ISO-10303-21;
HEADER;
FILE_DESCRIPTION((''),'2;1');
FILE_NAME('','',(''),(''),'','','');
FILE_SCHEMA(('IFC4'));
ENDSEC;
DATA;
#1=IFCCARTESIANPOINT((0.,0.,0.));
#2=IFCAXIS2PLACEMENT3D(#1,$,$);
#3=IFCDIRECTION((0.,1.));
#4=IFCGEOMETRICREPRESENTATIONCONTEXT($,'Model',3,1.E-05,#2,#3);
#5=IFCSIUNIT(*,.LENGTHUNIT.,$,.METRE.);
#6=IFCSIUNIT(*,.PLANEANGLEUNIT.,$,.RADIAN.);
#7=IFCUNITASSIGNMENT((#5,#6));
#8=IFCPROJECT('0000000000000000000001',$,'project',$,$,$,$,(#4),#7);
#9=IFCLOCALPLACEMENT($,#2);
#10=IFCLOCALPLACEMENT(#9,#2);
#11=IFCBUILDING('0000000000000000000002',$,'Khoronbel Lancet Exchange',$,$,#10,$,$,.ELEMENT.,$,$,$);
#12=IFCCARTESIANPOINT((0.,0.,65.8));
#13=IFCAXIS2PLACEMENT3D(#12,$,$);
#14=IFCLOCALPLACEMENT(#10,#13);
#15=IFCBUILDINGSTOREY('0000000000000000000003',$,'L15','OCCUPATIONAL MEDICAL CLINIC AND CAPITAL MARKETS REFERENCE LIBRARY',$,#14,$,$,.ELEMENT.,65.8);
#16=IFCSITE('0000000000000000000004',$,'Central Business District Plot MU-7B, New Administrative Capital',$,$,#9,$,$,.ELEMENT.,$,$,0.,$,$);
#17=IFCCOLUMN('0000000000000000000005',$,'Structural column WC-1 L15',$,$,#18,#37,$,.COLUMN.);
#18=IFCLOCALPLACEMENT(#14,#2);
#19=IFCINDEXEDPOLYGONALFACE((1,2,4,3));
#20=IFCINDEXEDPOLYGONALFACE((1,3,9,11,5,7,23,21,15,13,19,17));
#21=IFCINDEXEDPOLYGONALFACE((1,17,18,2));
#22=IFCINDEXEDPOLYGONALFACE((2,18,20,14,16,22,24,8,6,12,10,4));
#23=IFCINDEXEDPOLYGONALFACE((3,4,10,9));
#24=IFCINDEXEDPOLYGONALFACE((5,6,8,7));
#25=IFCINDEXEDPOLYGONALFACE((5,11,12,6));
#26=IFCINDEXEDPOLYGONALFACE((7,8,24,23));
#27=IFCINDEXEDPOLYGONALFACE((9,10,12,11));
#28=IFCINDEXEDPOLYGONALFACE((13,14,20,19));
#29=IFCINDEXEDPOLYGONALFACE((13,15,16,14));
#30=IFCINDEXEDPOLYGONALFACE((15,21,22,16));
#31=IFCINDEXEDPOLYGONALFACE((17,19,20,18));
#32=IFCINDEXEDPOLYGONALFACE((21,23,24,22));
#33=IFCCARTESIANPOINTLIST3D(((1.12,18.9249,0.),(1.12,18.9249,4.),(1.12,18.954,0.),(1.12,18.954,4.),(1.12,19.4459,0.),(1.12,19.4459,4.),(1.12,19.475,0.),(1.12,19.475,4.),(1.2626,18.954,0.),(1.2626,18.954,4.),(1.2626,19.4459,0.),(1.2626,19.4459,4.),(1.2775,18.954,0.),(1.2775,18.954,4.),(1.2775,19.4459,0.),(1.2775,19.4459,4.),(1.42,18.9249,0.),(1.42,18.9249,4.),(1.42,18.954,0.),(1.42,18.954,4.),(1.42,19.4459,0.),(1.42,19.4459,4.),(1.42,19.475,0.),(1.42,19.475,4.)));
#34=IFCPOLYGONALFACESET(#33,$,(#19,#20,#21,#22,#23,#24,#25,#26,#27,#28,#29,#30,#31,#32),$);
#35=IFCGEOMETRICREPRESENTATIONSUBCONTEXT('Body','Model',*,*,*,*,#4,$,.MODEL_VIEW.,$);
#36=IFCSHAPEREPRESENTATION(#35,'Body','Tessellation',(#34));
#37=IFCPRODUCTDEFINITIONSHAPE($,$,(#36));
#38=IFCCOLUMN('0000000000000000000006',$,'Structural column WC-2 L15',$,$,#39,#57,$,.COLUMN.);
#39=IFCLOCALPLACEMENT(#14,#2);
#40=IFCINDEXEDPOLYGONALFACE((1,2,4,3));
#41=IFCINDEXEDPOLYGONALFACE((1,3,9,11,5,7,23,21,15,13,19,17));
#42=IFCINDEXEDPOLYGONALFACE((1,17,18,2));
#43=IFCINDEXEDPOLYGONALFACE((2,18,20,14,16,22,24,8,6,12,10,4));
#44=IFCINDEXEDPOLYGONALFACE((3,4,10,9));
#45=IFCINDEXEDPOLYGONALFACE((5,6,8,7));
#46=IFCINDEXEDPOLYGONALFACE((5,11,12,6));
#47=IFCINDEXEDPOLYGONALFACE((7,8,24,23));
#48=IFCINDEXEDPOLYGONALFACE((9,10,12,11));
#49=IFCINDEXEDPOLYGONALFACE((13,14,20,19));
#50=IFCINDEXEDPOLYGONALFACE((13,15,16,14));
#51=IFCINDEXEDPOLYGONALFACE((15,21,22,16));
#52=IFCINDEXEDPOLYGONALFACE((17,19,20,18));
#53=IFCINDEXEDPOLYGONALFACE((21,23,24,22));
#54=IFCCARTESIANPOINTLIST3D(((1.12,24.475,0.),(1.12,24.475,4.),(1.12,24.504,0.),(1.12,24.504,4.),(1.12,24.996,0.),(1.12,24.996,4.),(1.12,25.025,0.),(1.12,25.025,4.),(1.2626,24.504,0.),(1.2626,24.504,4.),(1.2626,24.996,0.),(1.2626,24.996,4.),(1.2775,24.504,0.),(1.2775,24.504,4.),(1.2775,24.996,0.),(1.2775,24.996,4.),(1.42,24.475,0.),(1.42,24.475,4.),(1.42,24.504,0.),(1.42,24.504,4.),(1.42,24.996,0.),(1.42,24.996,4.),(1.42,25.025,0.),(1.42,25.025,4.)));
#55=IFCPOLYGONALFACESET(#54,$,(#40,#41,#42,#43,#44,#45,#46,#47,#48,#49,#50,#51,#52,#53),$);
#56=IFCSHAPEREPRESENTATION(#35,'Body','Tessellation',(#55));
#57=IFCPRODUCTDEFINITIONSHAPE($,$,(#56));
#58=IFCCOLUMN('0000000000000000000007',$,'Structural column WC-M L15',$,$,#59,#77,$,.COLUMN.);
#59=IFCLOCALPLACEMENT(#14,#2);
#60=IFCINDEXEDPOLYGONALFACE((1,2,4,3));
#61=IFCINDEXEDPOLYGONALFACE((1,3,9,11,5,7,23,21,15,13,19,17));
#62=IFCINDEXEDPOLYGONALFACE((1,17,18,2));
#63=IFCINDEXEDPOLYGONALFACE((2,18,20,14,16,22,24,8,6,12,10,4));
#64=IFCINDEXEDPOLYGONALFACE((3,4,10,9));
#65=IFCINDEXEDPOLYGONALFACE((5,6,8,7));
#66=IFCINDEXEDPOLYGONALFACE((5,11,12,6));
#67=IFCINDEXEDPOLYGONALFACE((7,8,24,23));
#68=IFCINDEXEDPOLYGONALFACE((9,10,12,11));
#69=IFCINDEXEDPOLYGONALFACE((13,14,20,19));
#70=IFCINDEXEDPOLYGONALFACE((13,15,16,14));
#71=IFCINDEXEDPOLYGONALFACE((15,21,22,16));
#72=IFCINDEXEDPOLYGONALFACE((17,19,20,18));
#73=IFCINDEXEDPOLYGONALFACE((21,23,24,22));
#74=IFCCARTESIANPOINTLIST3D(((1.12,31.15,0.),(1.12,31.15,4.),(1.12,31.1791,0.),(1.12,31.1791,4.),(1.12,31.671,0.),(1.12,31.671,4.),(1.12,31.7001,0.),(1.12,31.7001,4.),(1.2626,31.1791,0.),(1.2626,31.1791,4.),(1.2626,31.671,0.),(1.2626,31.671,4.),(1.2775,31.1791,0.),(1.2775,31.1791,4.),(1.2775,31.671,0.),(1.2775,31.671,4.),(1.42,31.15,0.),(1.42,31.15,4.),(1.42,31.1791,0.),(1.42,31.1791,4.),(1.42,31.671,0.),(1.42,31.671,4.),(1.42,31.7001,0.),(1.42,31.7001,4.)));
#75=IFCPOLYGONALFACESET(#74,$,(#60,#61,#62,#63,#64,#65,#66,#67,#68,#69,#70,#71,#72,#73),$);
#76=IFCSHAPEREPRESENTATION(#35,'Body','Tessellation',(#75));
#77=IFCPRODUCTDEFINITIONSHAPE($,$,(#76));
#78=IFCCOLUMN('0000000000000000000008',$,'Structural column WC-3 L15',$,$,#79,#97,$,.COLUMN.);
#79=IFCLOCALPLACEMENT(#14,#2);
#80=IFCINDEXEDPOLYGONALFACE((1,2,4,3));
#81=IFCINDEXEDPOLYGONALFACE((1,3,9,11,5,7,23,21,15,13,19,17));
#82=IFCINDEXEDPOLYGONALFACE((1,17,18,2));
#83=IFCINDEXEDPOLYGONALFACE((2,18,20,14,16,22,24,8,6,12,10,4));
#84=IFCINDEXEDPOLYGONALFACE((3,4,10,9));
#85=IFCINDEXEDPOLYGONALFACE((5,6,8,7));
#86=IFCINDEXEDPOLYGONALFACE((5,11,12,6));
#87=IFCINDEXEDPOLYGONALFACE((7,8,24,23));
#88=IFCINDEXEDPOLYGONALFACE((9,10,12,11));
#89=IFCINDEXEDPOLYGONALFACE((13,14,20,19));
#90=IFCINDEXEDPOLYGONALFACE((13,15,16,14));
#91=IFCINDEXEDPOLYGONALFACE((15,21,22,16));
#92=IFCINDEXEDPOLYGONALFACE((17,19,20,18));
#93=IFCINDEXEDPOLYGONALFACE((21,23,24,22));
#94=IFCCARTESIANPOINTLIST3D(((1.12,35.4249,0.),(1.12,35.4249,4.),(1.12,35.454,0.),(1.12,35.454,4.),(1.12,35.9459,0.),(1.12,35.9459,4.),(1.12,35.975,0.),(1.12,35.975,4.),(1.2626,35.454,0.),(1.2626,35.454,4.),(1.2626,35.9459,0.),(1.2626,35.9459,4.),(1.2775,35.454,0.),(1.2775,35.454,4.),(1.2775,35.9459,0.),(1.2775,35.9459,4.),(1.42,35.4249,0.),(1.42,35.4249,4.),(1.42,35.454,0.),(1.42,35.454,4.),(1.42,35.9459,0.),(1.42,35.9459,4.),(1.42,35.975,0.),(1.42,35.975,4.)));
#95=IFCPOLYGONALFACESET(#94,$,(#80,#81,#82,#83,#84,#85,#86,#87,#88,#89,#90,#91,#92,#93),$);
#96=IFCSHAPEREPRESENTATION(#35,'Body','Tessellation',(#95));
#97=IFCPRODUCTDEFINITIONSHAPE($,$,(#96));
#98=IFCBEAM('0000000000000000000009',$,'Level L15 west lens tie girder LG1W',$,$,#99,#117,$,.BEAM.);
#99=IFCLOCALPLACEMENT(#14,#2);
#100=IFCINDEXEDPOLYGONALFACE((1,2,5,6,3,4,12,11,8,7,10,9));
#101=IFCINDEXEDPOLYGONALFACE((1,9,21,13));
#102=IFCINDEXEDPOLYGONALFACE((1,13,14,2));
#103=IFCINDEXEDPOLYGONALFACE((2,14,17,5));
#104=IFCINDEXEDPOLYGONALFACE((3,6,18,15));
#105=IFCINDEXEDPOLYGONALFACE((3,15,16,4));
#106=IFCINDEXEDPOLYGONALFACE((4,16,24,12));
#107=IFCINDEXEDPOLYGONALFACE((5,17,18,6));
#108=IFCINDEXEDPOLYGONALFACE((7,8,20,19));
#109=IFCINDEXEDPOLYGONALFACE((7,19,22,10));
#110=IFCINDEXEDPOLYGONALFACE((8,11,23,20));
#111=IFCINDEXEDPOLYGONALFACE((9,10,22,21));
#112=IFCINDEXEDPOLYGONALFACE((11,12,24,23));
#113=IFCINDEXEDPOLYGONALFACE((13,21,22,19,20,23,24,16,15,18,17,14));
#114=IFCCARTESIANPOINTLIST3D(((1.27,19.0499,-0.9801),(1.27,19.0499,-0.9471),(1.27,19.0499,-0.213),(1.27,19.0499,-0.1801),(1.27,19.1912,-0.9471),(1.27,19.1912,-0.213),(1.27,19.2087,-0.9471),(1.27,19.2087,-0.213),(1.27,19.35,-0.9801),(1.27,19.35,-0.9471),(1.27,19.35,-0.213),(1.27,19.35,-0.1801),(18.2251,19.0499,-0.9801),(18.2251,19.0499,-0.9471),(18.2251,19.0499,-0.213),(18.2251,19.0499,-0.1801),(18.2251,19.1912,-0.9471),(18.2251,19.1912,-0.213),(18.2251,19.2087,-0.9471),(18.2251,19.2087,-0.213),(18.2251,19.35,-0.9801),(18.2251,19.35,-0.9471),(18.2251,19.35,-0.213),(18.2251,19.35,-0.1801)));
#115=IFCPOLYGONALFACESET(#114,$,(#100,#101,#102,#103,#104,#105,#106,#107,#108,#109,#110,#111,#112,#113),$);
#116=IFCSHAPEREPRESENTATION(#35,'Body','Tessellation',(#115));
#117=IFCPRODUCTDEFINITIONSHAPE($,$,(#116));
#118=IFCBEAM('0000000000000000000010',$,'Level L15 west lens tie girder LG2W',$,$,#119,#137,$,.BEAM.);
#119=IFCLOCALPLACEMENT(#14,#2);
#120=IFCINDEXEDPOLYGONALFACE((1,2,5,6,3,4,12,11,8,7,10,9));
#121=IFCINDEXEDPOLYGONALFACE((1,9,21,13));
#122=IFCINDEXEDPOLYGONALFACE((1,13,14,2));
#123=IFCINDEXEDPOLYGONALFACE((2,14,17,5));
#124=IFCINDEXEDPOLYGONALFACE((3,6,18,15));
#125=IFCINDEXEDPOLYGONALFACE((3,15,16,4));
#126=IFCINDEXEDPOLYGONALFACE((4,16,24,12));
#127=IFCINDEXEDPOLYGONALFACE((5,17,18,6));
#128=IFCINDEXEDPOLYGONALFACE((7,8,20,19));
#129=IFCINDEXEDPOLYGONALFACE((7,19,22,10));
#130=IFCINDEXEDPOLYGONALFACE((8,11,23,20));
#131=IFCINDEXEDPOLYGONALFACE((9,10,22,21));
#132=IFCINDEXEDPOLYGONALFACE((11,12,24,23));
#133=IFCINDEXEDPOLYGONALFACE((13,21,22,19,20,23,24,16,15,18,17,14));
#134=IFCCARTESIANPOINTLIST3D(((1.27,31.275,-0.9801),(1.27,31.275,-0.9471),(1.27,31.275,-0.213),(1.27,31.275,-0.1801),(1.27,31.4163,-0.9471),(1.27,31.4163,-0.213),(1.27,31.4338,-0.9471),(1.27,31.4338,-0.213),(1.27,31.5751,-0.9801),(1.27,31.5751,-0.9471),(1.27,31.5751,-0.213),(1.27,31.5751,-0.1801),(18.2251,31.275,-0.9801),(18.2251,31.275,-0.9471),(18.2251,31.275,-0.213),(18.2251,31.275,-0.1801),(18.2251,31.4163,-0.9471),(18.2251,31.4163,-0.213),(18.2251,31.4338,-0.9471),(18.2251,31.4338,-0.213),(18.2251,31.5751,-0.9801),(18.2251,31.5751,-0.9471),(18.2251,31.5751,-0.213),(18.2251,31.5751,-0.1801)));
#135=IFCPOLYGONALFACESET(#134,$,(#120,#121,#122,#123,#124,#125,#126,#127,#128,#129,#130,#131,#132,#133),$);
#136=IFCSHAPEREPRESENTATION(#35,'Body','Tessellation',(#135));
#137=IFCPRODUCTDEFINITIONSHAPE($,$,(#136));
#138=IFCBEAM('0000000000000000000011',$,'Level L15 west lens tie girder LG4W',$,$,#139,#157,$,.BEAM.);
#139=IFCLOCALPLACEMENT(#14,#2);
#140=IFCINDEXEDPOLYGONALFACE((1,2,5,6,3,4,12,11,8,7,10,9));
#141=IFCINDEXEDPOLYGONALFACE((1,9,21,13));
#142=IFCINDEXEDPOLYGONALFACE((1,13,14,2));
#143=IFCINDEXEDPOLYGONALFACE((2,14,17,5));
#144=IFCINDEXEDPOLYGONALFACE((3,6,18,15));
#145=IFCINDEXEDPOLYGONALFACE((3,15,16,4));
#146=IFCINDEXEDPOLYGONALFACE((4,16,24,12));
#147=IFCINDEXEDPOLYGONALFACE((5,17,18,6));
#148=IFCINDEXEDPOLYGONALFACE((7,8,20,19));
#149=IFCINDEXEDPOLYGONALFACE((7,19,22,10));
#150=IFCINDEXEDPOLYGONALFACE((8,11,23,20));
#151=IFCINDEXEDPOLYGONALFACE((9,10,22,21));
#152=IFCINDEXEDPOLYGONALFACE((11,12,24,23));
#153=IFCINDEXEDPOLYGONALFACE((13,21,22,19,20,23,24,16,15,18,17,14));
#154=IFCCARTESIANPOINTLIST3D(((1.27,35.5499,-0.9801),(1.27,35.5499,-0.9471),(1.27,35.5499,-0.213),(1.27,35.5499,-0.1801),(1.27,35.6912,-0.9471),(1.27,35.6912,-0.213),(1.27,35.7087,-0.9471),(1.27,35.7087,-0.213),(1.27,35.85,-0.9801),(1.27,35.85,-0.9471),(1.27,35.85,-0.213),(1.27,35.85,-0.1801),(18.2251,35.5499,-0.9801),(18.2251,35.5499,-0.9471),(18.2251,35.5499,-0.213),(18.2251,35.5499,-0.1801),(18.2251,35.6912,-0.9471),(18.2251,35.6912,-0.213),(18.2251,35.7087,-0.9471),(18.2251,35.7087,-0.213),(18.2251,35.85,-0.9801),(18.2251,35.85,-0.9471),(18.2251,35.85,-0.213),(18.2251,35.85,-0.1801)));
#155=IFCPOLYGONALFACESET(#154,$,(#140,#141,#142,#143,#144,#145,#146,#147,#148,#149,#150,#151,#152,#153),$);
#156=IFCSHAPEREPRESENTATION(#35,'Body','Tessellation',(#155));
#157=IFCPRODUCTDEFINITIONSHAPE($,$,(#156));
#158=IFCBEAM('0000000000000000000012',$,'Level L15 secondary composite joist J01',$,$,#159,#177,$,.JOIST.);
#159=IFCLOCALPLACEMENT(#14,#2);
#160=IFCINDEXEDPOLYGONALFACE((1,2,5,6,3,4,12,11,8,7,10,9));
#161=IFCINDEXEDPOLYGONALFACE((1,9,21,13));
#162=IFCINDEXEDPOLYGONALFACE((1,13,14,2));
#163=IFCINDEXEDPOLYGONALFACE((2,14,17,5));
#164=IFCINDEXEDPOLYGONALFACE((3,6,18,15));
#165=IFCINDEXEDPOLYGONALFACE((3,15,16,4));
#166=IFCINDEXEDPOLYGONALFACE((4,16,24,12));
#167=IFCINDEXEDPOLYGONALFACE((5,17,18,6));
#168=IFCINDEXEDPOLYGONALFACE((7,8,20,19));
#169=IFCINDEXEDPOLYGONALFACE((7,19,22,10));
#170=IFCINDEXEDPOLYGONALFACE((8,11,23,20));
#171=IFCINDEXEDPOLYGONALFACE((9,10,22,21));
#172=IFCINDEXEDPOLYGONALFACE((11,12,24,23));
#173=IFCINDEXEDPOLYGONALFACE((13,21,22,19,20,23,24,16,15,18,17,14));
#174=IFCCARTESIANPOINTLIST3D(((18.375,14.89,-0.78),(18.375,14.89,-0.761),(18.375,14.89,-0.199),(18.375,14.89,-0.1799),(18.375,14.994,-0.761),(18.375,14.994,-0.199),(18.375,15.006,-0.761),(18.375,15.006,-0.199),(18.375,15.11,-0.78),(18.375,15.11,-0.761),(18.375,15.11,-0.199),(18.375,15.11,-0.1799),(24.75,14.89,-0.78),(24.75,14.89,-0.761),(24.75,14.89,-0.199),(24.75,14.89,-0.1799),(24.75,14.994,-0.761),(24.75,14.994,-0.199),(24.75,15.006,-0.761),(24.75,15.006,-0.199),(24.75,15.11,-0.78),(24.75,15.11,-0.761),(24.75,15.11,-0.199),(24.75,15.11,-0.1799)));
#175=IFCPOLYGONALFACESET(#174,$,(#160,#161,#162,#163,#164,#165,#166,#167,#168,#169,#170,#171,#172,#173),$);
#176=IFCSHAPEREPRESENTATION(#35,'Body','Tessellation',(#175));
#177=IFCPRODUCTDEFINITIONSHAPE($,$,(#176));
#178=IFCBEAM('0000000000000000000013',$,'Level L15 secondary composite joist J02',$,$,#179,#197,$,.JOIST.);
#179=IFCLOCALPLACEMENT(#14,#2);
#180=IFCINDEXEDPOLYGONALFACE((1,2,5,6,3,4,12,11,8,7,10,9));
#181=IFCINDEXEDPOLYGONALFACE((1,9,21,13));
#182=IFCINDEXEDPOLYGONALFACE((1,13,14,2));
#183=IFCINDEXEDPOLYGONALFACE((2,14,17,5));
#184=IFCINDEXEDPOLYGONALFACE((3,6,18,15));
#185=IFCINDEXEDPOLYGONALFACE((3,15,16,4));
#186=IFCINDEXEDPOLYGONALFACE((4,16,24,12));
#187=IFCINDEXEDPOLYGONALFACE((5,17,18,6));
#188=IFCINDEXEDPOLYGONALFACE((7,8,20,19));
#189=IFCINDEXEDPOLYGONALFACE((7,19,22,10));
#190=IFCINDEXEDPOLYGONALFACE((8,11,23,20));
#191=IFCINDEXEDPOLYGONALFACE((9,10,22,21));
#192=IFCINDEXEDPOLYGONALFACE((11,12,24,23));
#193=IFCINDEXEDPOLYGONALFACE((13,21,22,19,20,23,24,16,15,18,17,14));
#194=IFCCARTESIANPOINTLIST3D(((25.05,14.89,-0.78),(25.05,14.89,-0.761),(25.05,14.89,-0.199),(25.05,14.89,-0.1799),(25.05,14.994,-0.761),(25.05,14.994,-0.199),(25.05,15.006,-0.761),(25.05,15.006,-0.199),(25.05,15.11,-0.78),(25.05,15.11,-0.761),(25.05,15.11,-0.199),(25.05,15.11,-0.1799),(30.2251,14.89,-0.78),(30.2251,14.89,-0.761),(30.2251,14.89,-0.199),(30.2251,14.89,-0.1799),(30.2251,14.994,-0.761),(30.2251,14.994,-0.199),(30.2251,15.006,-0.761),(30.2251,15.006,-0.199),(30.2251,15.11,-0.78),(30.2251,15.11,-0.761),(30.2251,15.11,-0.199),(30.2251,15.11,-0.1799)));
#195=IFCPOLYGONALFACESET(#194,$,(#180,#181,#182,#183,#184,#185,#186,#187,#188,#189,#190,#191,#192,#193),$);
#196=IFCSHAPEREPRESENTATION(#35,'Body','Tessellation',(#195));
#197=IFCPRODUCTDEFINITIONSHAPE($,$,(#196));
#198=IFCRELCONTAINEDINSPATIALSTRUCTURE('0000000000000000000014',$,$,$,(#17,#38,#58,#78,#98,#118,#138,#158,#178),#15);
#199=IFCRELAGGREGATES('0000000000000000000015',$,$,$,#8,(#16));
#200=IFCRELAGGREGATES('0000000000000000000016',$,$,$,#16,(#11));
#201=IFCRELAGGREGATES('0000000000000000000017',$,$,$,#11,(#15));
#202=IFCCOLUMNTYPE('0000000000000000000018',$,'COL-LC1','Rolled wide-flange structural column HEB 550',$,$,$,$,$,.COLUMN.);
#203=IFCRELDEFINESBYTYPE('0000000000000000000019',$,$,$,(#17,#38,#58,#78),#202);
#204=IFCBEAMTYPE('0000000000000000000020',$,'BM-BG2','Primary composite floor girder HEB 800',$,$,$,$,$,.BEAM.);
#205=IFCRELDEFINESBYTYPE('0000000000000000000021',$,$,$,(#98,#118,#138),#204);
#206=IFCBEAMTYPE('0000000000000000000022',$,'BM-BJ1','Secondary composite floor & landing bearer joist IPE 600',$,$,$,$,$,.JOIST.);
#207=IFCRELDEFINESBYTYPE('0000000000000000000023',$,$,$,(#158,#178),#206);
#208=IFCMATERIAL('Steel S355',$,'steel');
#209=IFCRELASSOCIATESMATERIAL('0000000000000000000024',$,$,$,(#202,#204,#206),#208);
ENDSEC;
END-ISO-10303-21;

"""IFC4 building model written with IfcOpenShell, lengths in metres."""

from ifc_helpers import new_model, si_unit, direction, frame, origin, origin_2d, place, context, subcontext, project, spatial, i_section, extrude, material, material_profile, profile_set, type_object, element, save


model = new_model("IFC4")

# Units and contexts
model_context = context("Model", 3, precision=1e-05, world=origin(), true_north=direction((0.0, 1.0)))
body_context = subcontext(model_context, "Body", "Model", "MODEL_VIEW")
ifc_project = project(units=[si_unit("LENGTHUNIT", "METRE"), si_unit("PLANEANGLEUNIT", "RADIAN")], contexts=[model_context])

# Site, building, storey
site_placement = place(None, origin())
site = spatial("IfcSite", under=ifc_project, at=site_placement, Name="Central Business District Plot MU-7B, New Administrative Capital", CompositionType="ELEMENT", RefElevation=0.0)
building_placement = place(site_placement, origin())
building = spatial("IfcBuilding", under=site, at=building_placement, Name="Khoronbel Lancet Exchange", CompositionType="ELEMENT")
storey_placement = place(building_placement, frame((0.0, 0.0, 65.8)))
storey = spatial("IfcBuildingStorey", under=building, at=storey_placement, Name="L15", Description="OCCUPATIONAL MEDICAL CLINIC AND CAPITAL MARKETS REFERENCE LIBRARY", CompositionType="ELEMENT", Elevation=65.8)

# Columns
ifc_material_1 = material(Name="Steel S355", Category="steel")
ifc_material_profile_1 = material_profile(ifc_material_1, i_section(OverallWidth=0.3, OverallDepth=0.55, WebThickness=0.0149, FlangeThickness=0.0291, at=origin_2d()), Name="HEB 550")
ifc_profile_set_1 = profile_set([ifc_material_profile_1], Name="Steel S355")
column_type = type_object("IfcColumnType", Name="COL-LC1", Description="Rolled wide-flange structural column HEB 550", PredefinedType="COLUMN", material=ifc_profile_set_1)
for number, where, z_axis, x_axis, name in (
    (1, (1.27, 19.2, 0.0), (0.0, 0.0, 1.0), (1.0, 0.0, 0.0), "Structural column WC-1 L15"),
    (2, (1.27, 24.75, 0.0), (0.0, 0.0, 1.0), (1.0, 0.0, 0.0), "Structural column WC-2 L15"),
    (3, (1.27, 31.425, 0.0), (0.0, 0.0, 1.0), (1.0, 0.0, 0.0), "Structural column WC-M L15"),
    (4, (1.27, 35.7, 0.0), (0.0, 0.0, 1.0), (1.0, 0.0, 0.0), "Structural column WC-3 L15"),
):
    element("IfcColumn", number, at=place(storey_placement, frame(where, z_axis=z_axis, x_axis=x_axis)), inside=storey, type_object=column_type, Name=name, PredefinedType="COLUMN", context=body_context, shape_type="SweptSolid", body=[
        extrude(i_section(OverallWidth=0.3, OverallDepth=0.55, WebThickness=0.0149, FlangeThickness=0.0291, at=origin_2d()), origin(), (0.0, 0.0, 1.0), 4.0),
    ])

# Beams
ifc_material_profile_2 = material_profile(ifc_material_1, i_section(OverallWidth=0.3, OverallDepth=0.8, WebThickness=0.0176, FlangeThickness=0.033, at=origin_2d()), Name="HEB 800")
ifc_profile_set_2 = profile_set([ifc_material_profile_2], Name="Steel S355")
beam_type_1 = type_object("IfcBeamType", Name="BM-BG2", Description="Primary composite floor girder HEB 800", PredefinedType="BEAM", material=ifc_profile_set_2)
for number, where, z_axis, x_axis, name in (
    (5, (1.27, 19.2, -0.5801), (1.0, 0.0, 0.0), (0.0, 1.0, 0.0), "Level L15 west lens tie girder LG1W"),
    (6, (1.27, 31.425, -0.5801), (1.0, 0.0, 0.0), (0.0, 1.0, 0.0), "Level L15 west lens tie girder LG2W"),
    (7, (1.27, 35.7, -0.5801), (1.0, 0.0, 0.0), (0.0, 1.0, 0.0), "Level L15 west lens tie girder LG4W"),
):
    element("IfcBeam", number, at=place(storey_placement, frame(where, z_axis=z_axis, x_axis=x_axis)), inside=storey, type_object=beam_type_1, Name=name, PredefinedType="BEAM", context=body_context, shape_type="SweptSolid", body=[
        extrude(i_section(OverallWidth=0.3, OverallDepth=0.8, WebThickness=0.0176, FlangeThickness=0.033, at=origin_2d()), origin(), (0.0, 0.0, 1.0), 16.9551),
    ])
ifc_material_profile_3 = material_profile(ifc_material_1, i_section(OverallWidth=0.22, OverallDepth=0.6001, WebThickness=0.012, FlangeThickness=0.019, at=origin_2d()), Name="IPE 600")
ifc_profile_set_3 = profile_set([ifc_material_profile_3], Name="Steel S355")
beam_type_2 = type_object("IfcBeamType", Name="BM-BJ1", Description="Secondary composite floor & landing bearer joist IPE 600", PredefinedType="JOIST", material=ifc_profile_set_3)
beam_1_placement = place(storey_placement, frame((18.375, 15.0, -0.48), z_axis=(1.0, 0.0, 0.0), x_axis=(0.0, 1.0, 0.0)))
element("IfcBeam", 8, at=beam_1_placement, inside=storey, type_object=beam_type_2, Name="Level L15 secondary composite joist J01", PredefinedType="JOIST", context=body_context, shape_type="SweptSolid", body=[
    extrude(i_section(OverallWidth=0.22, OverallDepth=0.6001, WebThickness=0.012, FlangeThickness=0.019, at=origin_2d()), origin(), (0.0, 0.0, 1.0), 6.375),
])
beam_2_placement = place(storey_placement, frame((25.05, 15.0, -0.48), z_axis=(1.0, 0.0, 0.0), x_axis=(0.0, 1.0, 0.0)))
element("IfcBeam", 9, at=beam_2_placement, inside=storey, type_object=beam_type_2, Name="Level L15 secondary composite joist J02", PredefinedType="JOIST", context=body_context, shape_type="SweptSolid", body=[
    extrude(i_section(OverallWidth=0.22, OverallDepth=0.6001, WebThickness=0.012, FlangeThickness=0.019, at=origin_2d()), origin(), (0.0, 0.0, 1.0), 5.175),
])

save(model, "model.ifc")
